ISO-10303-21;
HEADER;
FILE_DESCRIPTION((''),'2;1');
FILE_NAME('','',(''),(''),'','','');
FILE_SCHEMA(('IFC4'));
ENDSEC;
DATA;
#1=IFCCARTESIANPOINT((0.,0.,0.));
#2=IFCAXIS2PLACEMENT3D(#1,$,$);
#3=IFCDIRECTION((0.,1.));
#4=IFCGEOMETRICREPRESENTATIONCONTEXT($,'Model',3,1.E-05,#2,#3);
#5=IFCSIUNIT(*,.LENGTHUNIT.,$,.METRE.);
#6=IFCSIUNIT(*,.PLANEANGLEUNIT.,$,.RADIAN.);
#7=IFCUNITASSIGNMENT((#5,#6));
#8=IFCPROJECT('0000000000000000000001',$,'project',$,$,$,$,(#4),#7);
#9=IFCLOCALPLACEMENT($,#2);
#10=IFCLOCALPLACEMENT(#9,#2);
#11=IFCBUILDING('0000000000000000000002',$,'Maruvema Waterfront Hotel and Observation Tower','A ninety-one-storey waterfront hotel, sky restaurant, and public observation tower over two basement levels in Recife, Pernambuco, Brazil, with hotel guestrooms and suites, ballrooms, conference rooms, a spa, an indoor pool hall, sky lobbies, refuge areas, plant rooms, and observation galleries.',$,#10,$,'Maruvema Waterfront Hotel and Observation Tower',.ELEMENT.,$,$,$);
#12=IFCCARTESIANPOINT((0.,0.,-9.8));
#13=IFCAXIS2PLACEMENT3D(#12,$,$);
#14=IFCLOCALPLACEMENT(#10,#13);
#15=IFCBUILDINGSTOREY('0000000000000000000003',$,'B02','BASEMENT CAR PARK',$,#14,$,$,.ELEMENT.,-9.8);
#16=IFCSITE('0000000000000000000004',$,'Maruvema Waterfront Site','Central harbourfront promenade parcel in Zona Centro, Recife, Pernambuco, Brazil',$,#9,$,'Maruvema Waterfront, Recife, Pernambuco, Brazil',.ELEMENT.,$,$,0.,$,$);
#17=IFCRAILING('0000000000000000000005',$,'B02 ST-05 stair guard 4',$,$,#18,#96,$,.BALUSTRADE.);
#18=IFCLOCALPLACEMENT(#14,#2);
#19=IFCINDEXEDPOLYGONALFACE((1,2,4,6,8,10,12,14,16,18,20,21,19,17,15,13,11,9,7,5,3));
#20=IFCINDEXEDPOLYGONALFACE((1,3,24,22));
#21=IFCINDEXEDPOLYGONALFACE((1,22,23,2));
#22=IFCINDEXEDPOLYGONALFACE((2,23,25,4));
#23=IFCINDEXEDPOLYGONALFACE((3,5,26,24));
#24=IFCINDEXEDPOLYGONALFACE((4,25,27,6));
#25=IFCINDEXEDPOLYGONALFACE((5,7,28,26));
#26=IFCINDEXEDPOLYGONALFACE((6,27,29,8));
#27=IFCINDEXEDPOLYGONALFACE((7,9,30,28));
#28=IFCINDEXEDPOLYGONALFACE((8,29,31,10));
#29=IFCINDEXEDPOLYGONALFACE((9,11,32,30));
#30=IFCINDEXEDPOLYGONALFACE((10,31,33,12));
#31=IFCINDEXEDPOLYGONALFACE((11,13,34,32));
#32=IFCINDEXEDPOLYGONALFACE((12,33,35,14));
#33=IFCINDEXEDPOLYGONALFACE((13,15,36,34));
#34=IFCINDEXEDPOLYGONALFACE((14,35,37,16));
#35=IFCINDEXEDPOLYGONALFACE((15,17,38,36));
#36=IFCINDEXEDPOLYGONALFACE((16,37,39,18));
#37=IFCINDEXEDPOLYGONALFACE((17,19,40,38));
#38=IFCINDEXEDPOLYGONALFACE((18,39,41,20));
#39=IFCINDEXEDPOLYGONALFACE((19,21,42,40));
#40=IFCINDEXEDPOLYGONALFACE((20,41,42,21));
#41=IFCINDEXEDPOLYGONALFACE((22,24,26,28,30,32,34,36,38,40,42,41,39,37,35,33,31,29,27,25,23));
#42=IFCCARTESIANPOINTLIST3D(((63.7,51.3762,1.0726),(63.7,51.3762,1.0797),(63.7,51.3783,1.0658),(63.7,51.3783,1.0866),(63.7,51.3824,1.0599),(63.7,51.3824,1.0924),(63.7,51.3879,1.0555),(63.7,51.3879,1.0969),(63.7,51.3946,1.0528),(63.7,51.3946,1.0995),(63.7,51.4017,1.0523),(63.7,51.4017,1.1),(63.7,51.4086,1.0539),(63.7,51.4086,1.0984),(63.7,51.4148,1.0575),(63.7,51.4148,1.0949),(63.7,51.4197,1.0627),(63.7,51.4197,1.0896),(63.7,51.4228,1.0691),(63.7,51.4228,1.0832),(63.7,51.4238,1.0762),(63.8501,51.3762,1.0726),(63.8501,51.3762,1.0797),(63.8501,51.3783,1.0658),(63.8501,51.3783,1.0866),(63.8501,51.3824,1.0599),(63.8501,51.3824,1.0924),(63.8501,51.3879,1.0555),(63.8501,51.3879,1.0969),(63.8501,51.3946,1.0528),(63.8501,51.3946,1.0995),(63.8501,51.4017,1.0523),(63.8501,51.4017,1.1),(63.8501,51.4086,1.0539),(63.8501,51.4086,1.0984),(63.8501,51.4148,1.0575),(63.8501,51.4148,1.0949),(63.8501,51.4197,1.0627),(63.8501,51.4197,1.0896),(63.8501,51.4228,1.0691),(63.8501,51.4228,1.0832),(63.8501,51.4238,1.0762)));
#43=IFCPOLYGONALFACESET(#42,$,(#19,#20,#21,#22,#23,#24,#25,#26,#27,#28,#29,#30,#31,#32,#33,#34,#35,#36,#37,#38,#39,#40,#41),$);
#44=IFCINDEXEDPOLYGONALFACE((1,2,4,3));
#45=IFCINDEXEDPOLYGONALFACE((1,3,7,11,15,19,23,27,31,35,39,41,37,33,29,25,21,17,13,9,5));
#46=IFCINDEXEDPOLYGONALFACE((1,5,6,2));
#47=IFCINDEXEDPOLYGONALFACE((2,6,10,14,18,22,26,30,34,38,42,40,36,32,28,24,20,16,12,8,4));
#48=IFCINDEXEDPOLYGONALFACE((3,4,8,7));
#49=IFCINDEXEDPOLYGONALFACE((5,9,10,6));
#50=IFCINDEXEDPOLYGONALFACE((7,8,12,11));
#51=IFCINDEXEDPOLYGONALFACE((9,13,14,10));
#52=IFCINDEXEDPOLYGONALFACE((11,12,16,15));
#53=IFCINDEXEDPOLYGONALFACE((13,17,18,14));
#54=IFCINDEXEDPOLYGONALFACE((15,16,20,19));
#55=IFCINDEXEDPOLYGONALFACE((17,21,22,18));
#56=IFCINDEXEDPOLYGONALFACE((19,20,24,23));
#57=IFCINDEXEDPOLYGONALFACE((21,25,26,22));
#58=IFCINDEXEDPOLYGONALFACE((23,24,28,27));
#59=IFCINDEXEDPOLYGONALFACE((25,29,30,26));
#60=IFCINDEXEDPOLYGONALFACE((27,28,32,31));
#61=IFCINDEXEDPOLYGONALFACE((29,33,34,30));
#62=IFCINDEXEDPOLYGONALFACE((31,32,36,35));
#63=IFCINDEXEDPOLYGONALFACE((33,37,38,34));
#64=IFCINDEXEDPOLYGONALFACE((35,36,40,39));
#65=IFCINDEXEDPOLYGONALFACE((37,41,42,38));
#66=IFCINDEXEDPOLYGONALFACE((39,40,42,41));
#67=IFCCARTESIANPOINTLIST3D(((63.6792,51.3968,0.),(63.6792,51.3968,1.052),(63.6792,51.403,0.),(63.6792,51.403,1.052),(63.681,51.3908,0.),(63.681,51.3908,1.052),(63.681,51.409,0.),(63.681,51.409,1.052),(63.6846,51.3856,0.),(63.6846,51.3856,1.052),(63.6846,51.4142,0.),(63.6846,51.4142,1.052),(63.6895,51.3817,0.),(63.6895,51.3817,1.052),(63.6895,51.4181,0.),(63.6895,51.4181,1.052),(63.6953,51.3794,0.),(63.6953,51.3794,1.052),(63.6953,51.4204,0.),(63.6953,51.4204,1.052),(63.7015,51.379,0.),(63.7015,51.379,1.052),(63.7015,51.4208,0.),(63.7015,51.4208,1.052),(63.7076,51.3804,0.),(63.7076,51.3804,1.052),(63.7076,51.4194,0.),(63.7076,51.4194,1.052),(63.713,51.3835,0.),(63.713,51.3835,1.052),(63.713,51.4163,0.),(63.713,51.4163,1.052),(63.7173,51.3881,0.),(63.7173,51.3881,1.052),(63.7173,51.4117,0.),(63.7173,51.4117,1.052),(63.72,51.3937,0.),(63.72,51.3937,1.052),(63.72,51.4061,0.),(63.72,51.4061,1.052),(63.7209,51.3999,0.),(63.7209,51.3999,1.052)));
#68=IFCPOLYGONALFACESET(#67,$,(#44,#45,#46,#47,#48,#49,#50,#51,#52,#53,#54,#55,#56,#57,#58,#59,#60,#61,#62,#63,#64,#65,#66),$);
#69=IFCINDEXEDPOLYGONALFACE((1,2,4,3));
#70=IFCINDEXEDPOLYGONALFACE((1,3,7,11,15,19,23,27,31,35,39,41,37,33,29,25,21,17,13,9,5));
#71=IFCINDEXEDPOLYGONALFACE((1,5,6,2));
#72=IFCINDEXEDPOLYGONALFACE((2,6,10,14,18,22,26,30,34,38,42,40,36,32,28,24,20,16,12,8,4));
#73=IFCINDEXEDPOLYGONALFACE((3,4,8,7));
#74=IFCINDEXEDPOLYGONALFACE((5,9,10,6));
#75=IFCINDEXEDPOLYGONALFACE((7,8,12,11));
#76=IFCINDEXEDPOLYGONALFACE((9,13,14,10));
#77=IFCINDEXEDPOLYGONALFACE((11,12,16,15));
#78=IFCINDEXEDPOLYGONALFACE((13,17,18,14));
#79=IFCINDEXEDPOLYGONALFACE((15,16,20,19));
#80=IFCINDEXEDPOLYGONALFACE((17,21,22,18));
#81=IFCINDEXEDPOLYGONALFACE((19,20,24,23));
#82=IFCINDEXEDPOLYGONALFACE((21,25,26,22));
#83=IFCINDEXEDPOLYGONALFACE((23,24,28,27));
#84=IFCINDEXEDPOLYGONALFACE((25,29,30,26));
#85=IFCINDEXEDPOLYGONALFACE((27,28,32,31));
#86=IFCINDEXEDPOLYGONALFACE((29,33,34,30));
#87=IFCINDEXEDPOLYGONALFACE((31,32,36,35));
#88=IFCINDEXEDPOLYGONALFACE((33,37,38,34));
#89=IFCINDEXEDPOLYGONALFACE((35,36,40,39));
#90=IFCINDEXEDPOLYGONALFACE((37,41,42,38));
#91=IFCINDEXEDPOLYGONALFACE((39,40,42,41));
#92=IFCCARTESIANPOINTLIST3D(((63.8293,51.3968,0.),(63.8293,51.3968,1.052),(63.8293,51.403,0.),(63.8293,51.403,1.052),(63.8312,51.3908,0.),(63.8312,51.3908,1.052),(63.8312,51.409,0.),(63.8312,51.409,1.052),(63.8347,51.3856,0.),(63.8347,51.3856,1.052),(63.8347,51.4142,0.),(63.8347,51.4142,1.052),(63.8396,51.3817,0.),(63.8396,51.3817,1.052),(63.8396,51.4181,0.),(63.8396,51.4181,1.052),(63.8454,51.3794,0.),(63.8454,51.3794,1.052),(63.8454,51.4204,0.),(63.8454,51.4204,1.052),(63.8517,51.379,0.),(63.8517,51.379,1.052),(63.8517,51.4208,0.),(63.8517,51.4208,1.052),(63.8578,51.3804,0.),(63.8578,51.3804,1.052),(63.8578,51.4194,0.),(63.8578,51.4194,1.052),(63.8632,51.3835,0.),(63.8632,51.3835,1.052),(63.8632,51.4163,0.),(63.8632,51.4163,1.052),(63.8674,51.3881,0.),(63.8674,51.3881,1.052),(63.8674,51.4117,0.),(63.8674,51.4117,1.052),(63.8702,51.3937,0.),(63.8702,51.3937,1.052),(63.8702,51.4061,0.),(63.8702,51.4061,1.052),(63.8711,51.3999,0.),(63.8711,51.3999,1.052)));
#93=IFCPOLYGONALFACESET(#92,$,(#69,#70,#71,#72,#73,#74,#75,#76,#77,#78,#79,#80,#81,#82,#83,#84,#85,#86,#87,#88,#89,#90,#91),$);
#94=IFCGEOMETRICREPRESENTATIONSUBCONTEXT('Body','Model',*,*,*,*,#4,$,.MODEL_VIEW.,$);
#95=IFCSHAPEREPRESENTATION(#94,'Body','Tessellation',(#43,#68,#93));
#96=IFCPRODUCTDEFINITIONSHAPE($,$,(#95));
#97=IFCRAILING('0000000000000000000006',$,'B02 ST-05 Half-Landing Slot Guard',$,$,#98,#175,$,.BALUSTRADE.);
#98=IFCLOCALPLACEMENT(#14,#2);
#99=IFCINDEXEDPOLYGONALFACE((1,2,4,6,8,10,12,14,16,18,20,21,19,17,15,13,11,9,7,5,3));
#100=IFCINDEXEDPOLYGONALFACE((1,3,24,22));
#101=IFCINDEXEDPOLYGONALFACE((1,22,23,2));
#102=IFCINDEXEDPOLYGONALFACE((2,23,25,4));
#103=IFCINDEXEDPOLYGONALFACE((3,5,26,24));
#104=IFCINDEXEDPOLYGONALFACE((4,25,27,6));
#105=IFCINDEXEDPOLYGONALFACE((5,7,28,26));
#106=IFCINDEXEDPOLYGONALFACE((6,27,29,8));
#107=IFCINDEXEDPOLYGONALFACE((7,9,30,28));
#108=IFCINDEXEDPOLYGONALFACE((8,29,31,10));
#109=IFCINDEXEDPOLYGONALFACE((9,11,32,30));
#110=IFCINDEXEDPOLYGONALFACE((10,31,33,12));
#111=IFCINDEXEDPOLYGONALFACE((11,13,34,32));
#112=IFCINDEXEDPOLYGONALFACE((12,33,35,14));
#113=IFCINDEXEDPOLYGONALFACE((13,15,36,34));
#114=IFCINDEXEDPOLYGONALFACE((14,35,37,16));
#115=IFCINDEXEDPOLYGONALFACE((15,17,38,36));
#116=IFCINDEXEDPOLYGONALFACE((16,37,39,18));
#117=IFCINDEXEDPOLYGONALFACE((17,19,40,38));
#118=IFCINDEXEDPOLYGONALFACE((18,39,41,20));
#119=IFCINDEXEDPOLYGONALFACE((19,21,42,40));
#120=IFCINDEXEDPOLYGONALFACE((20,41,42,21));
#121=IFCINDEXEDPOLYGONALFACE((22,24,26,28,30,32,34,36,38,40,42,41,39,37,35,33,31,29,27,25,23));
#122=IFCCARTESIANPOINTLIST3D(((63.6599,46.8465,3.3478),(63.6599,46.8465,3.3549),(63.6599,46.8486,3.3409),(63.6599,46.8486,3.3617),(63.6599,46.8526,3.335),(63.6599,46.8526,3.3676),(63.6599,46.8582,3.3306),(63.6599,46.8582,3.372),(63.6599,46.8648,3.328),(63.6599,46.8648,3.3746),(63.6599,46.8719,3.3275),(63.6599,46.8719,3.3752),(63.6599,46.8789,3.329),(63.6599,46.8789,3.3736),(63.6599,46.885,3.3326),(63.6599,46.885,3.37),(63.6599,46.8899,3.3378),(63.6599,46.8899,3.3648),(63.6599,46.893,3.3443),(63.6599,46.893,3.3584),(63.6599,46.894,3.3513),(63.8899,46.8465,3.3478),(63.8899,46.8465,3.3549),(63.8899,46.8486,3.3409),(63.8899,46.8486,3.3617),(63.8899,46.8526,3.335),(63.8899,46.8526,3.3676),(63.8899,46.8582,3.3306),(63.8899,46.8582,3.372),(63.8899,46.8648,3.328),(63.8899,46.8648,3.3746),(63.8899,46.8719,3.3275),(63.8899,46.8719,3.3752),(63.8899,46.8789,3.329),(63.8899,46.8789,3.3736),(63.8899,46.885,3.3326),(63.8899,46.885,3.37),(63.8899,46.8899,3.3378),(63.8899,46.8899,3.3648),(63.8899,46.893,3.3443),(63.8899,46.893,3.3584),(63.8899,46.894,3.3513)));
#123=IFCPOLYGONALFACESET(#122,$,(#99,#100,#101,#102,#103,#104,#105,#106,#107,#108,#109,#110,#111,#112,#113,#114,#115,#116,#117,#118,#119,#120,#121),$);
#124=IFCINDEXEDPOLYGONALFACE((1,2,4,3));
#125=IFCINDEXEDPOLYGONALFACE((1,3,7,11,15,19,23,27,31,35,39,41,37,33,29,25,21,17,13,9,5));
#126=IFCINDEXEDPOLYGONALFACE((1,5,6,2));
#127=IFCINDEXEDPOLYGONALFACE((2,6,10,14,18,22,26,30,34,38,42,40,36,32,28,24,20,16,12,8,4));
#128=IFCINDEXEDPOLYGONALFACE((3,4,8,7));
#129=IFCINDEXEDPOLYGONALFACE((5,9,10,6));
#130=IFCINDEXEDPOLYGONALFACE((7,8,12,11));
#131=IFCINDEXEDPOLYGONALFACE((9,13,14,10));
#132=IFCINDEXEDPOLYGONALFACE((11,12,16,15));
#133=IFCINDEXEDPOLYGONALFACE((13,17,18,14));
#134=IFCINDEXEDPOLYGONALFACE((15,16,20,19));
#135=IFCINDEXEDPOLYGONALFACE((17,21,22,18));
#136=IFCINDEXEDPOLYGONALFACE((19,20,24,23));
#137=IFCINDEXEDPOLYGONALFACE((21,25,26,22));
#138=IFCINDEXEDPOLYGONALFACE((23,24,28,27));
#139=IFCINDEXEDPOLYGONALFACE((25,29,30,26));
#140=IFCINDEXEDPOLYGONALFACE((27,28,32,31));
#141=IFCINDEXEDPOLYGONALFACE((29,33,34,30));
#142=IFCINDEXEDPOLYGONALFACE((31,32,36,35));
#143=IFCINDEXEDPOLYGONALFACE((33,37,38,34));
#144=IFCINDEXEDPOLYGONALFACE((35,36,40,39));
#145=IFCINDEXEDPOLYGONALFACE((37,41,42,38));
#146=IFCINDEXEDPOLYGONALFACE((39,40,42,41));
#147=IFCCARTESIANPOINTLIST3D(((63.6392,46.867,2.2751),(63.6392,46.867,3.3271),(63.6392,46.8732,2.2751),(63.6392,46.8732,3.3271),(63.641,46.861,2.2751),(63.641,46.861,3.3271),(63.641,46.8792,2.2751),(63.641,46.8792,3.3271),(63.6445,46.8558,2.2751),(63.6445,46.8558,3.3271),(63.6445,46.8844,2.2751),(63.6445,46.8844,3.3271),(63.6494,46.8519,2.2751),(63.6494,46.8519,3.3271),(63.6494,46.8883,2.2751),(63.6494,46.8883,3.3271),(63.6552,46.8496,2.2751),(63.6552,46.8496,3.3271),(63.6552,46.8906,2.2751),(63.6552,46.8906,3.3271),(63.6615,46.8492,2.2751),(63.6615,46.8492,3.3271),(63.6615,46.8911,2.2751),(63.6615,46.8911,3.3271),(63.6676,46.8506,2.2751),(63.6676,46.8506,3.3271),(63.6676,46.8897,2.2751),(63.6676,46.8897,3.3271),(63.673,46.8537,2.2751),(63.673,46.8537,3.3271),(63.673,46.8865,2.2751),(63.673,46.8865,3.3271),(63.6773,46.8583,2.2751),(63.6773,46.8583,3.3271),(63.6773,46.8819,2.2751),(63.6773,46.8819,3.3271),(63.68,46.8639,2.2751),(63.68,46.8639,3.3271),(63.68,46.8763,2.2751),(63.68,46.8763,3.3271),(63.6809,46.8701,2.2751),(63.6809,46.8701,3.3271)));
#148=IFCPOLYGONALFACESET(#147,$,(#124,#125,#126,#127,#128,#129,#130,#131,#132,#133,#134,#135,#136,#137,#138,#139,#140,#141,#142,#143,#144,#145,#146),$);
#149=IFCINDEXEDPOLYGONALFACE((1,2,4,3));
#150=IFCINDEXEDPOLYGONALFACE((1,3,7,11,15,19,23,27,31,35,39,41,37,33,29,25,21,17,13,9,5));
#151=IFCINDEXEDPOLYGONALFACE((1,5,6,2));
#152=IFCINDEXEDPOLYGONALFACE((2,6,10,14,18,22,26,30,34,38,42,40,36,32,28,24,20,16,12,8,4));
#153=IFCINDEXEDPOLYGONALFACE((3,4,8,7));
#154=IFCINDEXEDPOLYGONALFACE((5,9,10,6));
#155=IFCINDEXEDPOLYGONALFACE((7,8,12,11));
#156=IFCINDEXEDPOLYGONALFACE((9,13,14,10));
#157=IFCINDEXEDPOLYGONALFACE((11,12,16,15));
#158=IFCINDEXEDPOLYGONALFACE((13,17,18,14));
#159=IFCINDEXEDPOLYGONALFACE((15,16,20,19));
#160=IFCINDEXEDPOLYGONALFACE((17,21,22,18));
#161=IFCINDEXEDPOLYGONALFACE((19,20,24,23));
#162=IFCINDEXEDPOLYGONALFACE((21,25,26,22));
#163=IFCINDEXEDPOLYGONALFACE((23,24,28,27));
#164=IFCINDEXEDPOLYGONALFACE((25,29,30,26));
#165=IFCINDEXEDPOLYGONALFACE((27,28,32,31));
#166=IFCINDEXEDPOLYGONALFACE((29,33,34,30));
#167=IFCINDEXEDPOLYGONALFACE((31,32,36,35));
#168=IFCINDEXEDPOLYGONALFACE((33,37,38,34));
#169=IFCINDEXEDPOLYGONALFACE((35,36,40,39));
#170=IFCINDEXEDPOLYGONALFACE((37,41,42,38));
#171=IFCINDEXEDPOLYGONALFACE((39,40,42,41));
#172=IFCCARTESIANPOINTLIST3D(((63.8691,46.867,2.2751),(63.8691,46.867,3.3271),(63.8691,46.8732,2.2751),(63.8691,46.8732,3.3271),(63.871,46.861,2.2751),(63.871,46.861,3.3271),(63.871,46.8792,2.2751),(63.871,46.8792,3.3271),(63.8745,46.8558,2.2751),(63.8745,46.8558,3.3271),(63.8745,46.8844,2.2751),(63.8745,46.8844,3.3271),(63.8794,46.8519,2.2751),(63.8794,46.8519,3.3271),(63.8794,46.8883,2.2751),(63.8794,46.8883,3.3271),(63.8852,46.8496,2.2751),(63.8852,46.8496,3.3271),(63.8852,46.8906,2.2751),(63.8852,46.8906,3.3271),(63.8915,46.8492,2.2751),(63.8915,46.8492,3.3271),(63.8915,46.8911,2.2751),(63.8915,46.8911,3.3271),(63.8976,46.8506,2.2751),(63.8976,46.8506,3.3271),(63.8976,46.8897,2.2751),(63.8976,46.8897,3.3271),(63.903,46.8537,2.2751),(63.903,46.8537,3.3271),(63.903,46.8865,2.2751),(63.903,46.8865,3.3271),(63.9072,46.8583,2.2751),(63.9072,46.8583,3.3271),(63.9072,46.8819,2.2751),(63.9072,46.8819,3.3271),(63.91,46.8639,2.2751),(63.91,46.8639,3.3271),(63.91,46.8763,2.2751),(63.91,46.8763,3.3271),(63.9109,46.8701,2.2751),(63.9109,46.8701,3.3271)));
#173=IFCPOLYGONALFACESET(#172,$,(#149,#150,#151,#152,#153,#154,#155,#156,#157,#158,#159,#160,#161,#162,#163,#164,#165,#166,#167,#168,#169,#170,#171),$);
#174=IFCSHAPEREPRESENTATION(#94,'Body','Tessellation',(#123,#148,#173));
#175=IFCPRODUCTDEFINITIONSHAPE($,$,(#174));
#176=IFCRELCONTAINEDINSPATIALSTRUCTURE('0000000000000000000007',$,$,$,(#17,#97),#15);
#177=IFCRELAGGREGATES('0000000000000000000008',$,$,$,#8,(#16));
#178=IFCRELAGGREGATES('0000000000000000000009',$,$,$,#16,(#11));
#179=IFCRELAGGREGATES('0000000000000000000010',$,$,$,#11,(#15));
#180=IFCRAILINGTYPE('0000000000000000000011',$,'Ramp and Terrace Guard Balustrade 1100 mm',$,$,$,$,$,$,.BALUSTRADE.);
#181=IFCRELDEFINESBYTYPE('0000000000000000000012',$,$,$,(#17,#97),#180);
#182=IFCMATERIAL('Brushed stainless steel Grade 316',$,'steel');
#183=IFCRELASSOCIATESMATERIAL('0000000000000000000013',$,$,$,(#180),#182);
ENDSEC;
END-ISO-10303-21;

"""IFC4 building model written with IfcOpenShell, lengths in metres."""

from ifc_helpers import new_model, si_unit, direction, frame, origin, origin_2d, place, context, subcontext, project, spatial, circle, extrude, material, type_object, element, save


model = new_model("IFC4")

# Units and contexts
model_context = context("Model", 3, precision=1e-05, world=origin(), true_north=direction((0.0, 1.0)))
body_context = subcontext(model_context, "Body", "Model", "MODEL_VIEW")
ifc_project = project(units=[si_unit("LENGTHUNIT", "METRE"), si_unit("PLANEANGLEUNIT", "RADIAN")], contexts=[model_context])

# Site, building, storey
site_placement = place(None, origin())
site = spatial("IfcSite", under=ifc_project, at=site_placement, Name="Maruvema Waterfront Site", Description="Central harbourfront promenade parcel in Zona Centro, Recife, Pernambuco, Brazil", LongName="Maruvema Waterfront, Recife, Pernambuco, Brazil", CompositionType="ELEMENT", RefElevation=0.0)
building_placement = place(site_placement, origin())
building = spatial("IfcBuilding", under=site, at=building_placement, Name="Maruvema Waterfront Hotel and Observation Tower", Description="A ninety-one-storey waterfront hotel, sky restaurant, and public observation tower over two basement levels in Recife, Pernambuco, Brazil, with hotel guestrooms and suites, ballrooms, conference rooms, a spa, an indoor pool hall, sky lobbies, refuge areas, plant rooms, and observation galleries.", LongName="Maruvema Waterfront Hotel and Observation Tower", CompositionType="ELEMENT")
storey_placement = place(building_placement, frame((0.0, 0.0, -9.8)))
storey = spatial("IfcBuildingStorey", under=building, at=storey_placement, Name="B02", Description="BASEMENT CAR PARK", CompositionType="ELEMENT", Elevation=-9.8)

# Railings
ifc_material_1 = material(Name="Brushed stainless steel Grade 316", Category="steel")
railing_type_1 = type_object("IfcRailingType", Name="Ramp and Terrace Guard Balustrade 1100 mm", PredefinedType="BALUSTRADE", material=ifc_material_1)
railing_1_placement = place(storey_placement, frame((63.7, 51.3999, 0.0)))
element("IfcRailing", 1, at=railing_1_placement, inside=storey, type_object=railing_type_1, Name="B02 ST-05 stair guard 4", PredefinedType="BALUSTRADE", context=body_context, shape_type="SweptSolid", body=[
    extrude(circle(Radius=0.0239, at=origin_2d()), frame((0.0, 0.0, 1.0762), z_axis=(1.0, 0.0, 0.0), x_axis=(0.0, 1.0, 0.0)), (0.0, 0.0, 1.0), 0.1501),
    extrude(circle(Radius=0.021, at=origin_2d()), origin(), (0.0, 0.0, 1.0), 1.052),
    extrude(circle(Radius=0.021, at=origin_2d()), frame((0.1501, 0.0, 0.0)), (0.0, 0.0, 1.0), 1.052),
])
railing_2_placement = place(storey_placement, frame((63.6599, 46.8701, 2.2751)))
element("IfcRailing", 2, at=railing_2_placement, inside=storey, type_object=railing_type_1, Name="B02 ST-05 Half-Landing Slot Guard", PredefinedType="BALUSTRADE", context=body_context, shape_type="SweptSolid", body=[
    extrude(circle(Radius=0.0239, at=origin_2d()), frame((0.0, 0.0, 1.0762), z_axis=(1.0, 0.0, 0.0), x_axis=(0.0, 1.0, 0.0)), (0.0, 0.0, 1.0), 0.23),
    extrude(circle(Radius=0.021, at=origin_2d()), origin(), (0.0, 0.0, 1.0), 1.052),
    extrude(circle(Radius=0.021, at=origin_2d()), frame((0.23, 0.0, 0.0)), (0.0, 0.0, 1.0), 1.052),
])

save(model, "model.ifc")
